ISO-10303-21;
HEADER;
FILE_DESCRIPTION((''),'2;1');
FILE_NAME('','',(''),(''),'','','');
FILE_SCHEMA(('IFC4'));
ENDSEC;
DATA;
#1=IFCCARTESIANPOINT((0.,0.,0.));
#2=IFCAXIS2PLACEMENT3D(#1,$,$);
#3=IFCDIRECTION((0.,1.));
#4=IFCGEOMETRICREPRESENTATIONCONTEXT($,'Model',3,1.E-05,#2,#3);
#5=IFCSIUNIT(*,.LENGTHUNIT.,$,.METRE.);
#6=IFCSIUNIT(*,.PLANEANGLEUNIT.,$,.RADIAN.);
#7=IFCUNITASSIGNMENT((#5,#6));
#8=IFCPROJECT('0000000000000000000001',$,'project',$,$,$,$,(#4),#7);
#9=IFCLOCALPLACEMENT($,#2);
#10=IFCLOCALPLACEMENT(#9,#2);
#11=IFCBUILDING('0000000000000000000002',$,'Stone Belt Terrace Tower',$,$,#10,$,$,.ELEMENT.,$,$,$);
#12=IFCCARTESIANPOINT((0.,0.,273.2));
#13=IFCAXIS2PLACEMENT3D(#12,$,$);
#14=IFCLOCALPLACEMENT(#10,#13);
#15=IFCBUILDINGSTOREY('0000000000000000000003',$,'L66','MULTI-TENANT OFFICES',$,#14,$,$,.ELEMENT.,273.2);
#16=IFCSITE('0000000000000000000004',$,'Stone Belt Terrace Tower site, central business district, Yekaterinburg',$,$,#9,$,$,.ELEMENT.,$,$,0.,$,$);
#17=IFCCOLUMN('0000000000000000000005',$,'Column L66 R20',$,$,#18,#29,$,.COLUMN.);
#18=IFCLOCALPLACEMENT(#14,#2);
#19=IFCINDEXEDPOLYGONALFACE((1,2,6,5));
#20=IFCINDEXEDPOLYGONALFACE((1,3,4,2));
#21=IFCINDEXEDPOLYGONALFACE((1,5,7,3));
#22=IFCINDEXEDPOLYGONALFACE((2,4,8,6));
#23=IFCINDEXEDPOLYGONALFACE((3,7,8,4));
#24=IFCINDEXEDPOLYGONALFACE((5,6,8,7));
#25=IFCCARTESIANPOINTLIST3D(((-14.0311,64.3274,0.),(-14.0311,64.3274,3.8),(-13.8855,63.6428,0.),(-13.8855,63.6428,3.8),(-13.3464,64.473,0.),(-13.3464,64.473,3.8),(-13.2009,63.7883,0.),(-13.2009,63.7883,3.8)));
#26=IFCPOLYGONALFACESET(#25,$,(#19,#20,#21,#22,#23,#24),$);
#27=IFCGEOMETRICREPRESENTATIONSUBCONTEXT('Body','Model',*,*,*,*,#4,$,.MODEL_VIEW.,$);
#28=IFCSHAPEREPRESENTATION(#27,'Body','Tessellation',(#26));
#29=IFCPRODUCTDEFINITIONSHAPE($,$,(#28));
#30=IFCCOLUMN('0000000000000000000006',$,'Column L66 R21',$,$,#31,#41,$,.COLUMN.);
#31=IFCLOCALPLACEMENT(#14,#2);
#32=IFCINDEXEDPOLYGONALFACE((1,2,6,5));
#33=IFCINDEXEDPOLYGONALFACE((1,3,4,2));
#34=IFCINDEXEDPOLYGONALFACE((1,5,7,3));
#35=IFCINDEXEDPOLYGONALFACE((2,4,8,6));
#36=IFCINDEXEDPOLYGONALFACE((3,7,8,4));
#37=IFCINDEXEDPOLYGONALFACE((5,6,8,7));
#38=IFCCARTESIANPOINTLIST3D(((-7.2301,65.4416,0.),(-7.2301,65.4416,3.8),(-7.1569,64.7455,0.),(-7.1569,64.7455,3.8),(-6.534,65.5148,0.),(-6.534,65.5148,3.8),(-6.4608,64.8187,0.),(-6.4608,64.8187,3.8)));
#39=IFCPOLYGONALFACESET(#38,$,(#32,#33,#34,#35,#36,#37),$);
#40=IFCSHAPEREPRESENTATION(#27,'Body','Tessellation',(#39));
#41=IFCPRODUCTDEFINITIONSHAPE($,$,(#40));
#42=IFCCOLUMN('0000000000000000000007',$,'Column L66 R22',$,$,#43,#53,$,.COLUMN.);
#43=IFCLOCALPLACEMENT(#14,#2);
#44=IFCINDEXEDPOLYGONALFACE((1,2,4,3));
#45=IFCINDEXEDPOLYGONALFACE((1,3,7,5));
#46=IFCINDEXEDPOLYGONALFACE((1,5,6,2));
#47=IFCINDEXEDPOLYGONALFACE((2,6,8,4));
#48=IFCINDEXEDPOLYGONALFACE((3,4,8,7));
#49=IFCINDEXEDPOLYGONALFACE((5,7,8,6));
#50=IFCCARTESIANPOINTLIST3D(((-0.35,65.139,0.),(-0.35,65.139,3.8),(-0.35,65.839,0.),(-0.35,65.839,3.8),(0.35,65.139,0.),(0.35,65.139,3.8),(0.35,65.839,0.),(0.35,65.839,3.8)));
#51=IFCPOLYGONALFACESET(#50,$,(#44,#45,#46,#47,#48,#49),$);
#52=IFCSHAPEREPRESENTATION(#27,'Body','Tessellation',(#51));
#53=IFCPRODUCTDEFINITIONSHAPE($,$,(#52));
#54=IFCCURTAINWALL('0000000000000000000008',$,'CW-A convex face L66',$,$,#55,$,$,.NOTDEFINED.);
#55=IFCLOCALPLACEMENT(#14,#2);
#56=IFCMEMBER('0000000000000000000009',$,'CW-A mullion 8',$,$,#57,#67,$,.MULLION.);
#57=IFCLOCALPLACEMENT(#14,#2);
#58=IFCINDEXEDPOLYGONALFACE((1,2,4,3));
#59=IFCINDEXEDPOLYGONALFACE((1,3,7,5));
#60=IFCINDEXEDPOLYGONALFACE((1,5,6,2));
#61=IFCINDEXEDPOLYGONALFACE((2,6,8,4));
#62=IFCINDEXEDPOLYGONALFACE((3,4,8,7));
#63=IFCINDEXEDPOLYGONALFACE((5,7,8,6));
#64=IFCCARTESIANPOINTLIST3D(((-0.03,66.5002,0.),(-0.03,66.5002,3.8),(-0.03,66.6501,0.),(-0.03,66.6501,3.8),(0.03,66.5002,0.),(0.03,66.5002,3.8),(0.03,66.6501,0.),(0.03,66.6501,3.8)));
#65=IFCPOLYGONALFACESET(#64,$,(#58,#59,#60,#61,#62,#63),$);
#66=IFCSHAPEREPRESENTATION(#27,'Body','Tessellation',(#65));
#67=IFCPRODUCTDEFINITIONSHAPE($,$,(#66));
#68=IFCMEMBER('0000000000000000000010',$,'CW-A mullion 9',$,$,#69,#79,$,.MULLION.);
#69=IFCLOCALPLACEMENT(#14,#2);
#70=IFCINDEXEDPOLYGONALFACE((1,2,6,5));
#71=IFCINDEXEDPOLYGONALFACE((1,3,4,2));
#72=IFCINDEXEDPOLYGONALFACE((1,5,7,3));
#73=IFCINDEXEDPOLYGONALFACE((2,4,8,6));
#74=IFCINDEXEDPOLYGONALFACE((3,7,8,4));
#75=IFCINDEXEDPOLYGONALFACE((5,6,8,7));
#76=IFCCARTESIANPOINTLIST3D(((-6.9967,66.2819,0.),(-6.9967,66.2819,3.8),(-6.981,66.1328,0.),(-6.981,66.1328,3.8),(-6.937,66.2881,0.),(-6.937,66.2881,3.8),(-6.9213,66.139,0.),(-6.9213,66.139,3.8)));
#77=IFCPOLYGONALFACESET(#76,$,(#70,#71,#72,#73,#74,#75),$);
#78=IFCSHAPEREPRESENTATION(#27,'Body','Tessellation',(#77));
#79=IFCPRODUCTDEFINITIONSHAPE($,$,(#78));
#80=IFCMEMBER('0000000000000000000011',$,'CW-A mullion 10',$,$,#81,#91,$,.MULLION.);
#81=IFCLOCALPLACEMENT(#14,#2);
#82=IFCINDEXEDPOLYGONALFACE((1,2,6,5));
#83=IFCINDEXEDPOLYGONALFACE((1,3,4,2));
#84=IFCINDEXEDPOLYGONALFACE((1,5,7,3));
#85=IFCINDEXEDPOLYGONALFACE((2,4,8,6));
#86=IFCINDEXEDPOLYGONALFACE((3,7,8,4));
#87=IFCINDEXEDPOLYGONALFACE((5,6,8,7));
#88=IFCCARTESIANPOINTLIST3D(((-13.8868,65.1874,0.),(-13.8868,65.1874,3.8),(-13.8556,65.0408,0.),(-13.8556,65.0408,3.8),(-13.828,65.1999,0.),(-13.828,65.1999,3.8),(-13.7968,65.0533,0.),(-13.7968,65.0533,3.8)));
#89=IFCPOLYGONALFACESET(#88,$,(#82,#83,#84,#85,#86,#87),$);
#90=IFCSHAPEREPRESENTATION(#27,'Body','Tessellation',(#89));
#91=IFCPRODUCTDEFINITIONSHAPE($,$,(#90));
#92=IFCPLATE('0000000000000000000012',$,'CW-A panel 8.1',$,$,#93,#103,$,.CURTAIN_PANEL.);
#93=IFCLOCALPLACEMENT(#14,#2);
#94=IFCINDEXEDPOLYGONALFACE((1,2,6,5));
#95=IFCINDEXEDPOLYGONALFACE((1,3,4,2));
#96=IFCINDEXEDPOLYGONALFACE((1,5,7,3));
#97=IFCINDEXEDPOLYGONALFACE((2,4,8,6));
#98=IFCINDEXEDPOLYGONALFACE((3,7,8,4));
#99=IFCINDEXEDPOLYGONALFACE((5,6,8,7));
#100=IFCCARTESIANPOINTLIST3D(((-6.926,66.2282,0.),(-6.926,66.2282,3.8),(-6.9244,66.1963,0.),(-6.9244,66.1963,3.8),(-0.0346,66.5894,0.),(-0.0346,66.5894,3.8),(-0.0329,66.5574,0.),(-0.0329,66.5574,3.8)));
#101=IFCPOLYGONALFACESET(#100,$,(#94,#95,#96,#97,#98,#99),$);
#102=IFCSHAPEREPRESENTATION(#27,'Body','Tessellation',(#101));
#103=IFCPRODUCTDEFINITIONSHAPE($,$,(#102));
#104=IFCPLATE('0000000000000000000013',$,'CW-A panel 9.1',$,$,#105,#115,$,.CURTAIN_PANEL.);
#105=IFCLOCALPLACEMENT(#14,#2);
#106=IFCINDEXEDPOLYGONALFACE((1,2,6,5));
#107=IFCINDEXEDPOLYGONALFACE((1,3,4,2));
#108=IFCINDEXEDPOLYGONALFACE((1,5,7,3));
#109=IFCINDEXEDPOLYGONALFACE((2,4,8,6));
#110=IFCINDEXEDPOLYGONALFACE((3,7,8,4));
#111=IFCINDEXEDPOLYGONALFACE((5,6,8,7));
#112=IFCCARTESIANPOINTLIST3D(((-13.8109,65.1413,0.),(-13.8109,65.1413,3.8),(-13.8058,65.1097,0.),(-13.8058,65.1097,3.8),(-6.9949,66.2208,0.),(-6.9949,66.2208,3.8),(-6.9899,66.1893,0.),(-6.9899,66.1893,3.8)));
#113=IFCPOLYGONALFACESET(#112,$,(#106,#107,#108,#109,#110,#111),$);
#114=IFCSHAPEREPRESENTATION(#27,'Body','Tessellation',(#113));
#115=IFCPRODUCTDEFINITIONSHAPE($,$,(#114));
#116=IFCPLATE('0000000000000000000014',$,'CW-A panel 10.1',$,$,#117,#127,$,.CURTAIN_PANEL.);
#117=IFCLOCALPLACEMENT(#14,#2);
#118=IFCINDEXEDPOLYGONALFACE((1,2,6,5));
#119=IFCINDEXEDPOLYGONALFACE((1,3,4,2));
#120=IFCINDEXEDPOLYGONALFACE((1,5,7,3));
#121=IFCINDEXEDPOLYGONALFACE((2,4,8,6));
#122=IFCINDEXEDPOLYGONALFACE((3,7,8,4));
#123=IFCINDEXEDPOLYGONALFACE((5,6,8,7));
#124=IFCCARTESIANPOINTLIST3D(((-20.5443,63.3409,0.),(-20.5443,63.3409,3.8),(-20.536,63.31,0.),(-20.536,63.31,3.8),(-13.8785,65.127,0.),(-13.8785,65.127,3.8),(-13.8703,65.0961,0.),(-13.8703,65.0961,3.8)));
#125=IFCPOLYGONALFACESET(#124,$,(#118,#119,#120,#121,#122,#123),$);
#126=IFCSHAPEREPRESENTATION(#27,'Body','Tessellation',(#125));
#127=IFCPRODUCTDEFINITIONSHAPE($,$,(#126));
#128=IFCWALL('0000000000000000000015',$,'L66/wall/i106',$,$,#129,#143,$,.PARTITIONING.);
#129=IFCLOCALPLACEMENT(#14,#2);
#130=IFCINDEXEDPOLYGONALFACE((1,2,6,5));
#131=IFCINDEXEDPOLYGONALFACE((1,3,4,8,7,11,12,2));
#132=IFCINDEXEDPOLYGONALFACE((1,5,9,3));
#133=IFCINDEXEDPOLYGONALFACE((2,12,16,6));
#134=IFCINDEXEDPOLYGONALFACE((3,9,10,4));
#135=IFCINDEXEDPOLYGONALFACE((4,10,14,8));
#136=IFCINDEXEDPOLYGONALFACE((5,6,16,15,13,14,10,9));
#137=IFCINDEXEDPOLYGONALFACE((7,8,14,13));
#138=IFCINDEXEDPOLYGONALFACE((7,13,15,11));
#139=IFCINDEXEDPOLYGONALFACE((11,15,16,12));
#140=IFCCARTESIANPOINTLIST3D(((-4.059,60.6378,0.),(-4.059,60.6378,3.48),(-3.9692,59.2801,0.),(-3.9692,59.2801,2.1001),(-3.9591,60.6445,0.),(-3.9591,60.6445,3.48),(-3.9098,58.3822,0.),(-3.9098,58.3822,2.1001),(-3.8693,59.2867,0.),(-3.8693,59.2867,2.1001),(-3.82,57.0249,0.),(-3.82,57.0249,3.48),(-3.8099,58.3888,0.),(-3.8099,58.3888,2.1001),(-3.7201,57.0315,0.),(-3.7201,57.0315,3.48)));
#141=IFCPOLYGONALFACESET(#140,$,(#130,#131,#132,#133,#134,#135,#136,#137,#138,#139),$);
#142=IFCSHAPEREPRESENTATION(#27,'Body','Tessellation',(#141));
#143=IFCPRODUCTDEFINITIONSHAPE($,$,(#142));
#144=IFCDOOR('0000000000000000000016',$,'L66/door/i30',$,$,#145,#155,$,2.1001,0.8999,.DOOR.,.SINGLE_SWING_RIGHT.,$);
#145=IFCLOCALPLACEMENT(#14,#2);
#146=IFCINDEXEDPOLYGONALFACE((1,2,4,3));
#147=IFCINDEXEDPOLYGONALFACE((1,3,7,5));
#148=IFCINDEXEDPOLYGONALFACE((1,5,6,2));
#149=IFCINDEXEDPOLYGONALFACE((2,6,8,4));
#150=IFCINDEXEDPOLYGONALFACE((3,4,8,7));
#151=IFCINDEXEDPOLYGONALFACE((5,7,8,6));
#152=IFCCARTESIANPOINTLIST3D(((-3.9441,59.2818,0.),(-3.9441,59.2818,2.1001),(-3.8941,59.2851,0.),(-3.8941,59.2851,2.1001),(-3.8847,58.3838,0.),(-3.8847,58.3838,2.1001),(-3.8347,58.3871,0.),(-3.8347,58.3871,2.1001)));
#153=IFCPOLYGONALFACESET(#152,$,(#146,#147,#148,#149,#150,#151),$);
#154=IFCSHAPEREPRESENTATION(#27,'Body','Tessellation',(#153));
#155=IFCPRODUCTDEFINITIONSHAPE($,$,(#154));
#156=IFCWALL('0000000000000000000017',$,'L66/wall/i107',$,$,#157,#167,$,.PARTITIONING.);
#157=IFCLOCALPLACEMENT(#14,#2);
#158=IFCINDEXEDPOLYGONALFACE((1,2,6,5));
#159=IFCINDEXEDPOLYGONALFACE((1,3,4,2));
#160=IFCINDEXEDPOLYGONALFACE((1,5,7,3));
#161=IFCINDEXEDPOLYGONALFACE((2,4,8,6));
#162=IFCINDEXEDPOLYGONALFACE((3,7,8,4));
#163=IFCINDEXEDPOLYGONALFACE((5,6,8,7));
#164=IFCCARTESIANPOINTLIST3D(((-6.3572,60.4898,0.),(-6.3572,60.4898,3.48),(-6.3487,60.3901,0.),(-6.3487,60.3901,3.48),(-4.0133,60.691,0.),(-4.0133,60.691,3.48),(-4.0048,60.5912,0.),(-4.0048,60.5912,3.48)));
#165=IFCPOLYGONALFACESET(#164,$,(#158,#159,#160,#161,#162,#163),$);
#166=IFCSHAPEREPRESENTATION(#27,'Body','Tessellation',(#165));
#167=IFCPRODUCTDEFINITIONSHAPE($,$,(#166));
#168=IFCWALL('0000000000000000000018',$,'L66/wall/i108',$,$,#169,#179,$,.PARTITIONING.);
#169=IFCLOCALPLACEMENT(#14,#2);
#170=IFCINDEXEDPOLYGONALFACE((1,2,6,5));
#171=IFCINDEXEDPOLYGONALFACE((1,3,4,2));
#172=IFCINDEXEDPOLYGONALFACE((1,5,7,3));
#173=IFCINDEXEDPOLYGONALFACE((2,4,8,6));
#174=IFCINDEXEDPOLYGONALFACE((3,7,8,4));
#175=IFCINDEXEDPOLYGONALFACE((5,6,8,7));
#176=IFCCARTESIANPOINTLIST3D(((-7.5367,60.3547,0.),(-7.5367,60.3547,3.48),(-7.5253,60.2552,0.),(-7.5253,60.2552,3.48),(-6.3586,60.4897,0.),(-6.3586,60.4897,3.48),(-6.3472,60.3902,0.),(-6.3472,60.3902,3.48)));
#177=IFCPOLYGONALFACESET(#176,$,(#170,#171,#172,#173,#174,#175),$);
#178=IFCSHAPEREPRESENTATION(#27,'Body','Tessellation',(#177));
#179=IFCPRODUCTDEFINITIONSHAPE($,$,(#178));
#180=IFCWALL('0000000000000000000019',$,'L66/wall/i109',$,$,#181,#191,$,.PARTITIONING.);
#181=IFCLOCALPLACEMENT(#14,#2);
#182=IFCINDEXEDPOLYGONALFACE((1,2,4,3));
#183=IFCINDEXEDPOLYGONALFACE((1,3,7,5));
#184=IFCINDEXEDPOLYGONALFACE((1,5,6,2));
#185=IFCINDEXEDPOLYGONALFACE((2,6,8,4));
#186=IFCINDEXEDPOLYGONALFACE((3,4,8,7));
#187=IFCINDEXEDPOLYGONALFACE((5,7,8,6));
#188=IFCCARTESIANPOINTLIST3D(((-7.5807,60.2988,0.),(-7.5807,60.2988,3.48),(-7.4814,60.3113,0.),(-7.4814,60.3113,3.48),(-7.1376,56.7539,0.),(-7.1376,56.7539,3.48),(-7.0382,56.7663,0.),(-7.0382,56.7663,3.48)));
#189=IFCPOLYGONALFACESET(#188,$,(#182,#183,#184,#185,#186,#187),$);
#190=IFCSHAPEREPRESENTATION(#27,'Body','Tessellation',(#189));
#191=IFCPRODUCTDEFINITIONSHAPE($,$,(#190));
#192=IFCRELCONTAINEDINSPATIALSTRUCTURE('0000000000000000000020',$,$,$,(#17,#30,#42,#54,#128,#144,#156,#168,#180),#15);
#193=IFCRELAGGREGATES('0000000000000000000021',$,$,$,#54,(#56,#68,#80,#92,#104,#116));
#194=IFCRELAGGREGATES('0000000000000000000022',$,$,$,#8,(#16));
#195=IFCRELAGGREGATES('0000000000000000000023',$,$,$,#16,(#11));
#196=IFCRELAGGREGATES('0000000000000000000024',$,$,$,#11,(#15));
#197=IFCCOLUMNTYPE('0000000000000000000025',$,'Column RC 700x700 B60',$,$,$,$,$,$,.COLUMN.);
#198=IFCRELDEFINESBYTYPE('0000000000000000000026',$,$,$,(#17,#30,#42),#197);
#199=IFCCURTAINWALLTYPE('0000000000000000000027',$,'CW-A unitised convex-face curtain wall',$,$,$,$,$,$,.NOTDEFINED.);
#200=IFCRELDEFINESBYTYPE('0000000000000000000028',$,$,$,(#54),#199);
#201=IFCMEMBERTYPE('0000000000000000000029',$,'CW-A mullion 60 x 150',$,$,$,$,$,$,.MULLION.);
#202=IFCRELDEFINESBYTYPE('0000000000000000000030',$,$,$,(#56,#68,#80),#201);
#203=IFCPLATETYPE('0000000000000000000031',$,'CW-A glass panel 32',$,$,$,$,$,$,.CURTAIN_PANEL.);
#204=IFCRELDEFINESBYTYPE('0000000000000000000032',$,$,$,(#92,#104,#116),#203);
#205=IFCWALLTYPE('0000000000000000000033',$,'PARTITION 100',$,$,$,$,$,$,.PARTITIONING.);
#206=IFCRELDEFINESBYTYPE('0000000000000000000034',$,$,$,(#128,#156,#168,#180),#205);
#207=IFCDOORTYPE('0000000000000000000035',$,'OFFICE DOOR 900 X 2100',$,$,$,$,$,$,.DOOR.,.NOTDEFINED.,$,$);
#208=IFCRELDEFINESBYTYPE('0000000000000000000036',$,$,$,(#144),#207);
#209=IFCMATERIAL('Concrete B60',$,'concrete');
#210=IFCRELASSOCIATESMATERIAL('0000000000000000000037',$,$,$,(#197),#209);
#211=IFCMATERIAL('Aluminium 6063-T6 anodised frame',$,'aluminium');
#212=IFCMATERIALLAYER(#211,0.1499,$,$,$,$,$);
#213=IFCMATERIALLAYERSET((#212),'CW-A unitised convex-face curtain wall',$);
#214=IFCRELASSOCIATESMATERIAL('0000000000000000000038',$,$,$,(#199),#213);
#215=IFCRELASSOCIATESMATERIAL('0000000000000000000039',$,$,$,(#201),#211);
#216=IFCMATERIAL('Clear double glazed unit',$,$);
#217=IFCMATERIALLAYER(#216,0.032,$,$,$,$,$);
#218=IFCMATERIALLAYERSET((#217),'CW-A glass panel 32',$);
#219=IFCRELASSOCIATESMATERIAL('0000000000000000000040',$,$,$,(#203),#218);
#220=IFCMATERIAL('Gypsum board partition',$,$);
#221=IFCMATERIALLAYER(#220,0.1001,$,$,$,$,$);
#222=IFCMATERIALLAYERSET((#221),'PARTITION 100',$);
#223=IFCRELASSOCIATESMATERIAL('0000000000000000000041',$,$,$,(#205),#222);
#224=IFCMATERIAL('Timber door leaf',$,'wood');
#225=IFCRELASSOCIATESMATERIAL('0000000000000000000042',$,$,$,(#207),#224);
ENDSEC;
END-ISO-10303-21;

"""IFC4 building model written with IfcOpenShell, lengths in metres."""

from ifc_helpers import new_model, si_unit, direction, frame, frame_2d, origin, origin_2d, place, context, subcontext, project, spatial, rectangle, extrude, material, layer, layer_set, material_profile, profile_set, type_object, element, fill, aggregate, save


model = new_model("IFC4")

# Units and contexts
model_context = context("Model", 3, precision=1e-05, world=origin(), true_north=direction((0.0, 1.0)))
body_context = subcontext(model_context, "Body", "Model", "MODEL_VIEW")
ifc_project = project(units=[si_unit("LENGTHUNIT", "METRE"), si_unit("PLANEANGLEUNIT", "RADIAN")], contexts=[model_context])

# Site, building, storey
site_placement = place(None, origin())
site = spatial("IfcSite", under=ifc_project, at=site_placement, Name="Stone Belt Terrace Tower site, central business district, Yekaterinburg", CompositionType="ELEMENT", RefElevation=0.0)
building_placement = place(site_placement, origin())
building = spatial("IfcBuilding", under=site, at=building_placement, Name="Stone Belt Terrace Tower", CompositionType="ELEMENT")
storey_placement = place(building_placement, frame((0.0, 0.0, 273.2)))
storey = spatial("IfcBuildingStorey", under=building, at=storey_placement, Name="L66", Description="MULTI-TENANT OFFICES", CompositionType="ELEMENT", Elevation=273.2)

# Columns
ifc_material_1 = material(Name="Concrete B60", Category="concrete")
ifc_material_profile_1 = material_profile(ifc_material_1, rectangle(XDim=0.7, YDim=0.7, at=origin_2d()), Name="RC 700x700")
ifc_profile_set_1 = profile_set([ifc_material_profile_1], Name="Concrete B60")
column_type = type_object("IfcColumnType", Name="Column RC 700x700 B60", PredefinedType="COLUMN", material=ifc_profile_set_1)
for number, where, z_axis, x_axis, name in (
    (1, (-13.616, 64.0579, 0.0), (0.0, 0.0, 1.0), (0.978148, 0.207912, 0.0), "Column L66 R20"),
    (2, (-6.8455, 65.1301, 0.0), (0.0, 0.0, 1.0), (0.994522, 0.104528, 0.0), "Column L66 R21"),
    (3, (0.0, 65.489, 0.0), (0.0, 0.0, 1.0), (1.0, 0.0, 0.0), "Column L66 R22"),
):
    element("IfcColumn", number, at=place(storey_placement, frame(where, z_axis=z_axis, x_axis=x_axis)), inside=storey, type_object=column_type, Name=name, PredefinedType="COLUMN", context=body_context, shape_type="SweptSolid", body=[
        extrude(rectangle(XDim=0.7, YDim=0.7, at=origin_2d()), origin(), (0.0, 0.0, 1.0), 3.8),
    ])

# Curtain wall, members, plates
ifc_material_2 = material(Name="Aluminium 6063-T6 anodised frame", Category="aluminium")
ifc_layer_1 = layer(ifc_material_2, 0.1499)
ifc_layer_set_1 = layer_set([ifc_layer_1], Name="CW-A unitised convex-face curtain wall")
curtain_wall_type = type_object("IfcCurtainWallType", Name="CW-A unitised convex-face curtain wall", PredefinedType="NOTDEFINED", material=ifc_layer_set_1)
curtain_wall_placement = place(storey_placement, origin())
curtain_wall = element("IfcCurtainWall", 4, at=curtain_wall_placement, inside=storey, type_object=curtain_wall_type, Name="CW-A convex face L66", PredefinedType="NOTDEFINED")
ifc_material_profile_2 = material_profile(ifc_material_2, rectangle(XDim=0.1499, YDim=0.0601, at=origin_2d()), Name="Aluminium 6063-T6 60x150")
ifc_profile_set_2 = profile_set([ifc_material_profile_2], Name="Aluminium 6063-T6 anodised frame")
member_type = type_object("IfcMemberType", Name="CW-A mullion 60 x 150", PredefinedType="MULLION", material=ifc_profile_set_2)
member_1_placement = place(storey_placement, frame((0.0, 66.5752, 0.0), z_axis=(0.0, 0.0, 1.0), x_axis=(0.0, -1.0, 0.0)))
member_1 = element("IfcMember", 5, at=member_1_placement, type_object=member_type, Name="CW-A mullion 8", PredefinedType="MULLION", context=body_context, shape_type="SweptSolid", body=[
    extrude(rectangle(XDim=0.1499, YDim=0.0601, at=origin_2d()), origin(), (0.0, 0.0, 1.0), 3.8),
])
member_2_placement = place(storey_placement, frame((-6.959, 66.2104, 0.0), z_axis=(0.0, 0.0, 1.0), x_axis=(0.104528, -0.994522, 0.0)))
member_2 = element("IfcMember", 6, at=member_2_placement, type_object=member_type, Name="CW-A mullion 9", PredefinedType="MULLION", context=body_context, shape_type="SweptSolid", body=[
    extrude(rectangle(XDim=0.1499, YDim=0.0601, at=origin_2d()), origin(), (0.0, 0.0, 1.0), 3.8),
])
member_3_placement = place(storey_placement, frame((-13.8418, 65.1204, 0.0), z_axis=(0.0, 0.0, 1.0), x_axis=(0.207912, -0.978148, 0.0)))
member_3 = element("IfcMember", 7, at=member_3_placement, type_object=member_type, Name="CW-A mullion 10", PredefinedType="MULLION", context=body_context, shape_type="SweptSolid", body=[
    extrude(rectangle(XDim=0.1499, YDim=0.0601, at=origin_2d()), origin(), (0.0, 0.0, 1.0), 3.8),
])
ifc_material_3 = material(Name="Clear double glazed unit")
ifc_layer_2 = layer(ifc_material_3, 0.032)
ifc_layer_set_2 = layer_set([ifc_layer_2], Name="CW-A glass panel 32")
plate_type = type_object("IfcPlateType", Name="CW-A glass panel 32", PredefinedType="CURTAIN_PANEL", material=ifc_layer_set_2)
plate_1_placement = place(storey_placement, frame((-3.4795, 66.3928, 0.0), z_axis=(0.0, 0.0, 1.0), x_axis=(-0.99863, -0.052336, 0.0)))
plate_1 = element("IfcPlate", 8, at=plate_1_placement, type_object=plate_type, Name="CW-A panel 8.1", PredefinedType="CURTAIN_PANEL", context=body_context, shape_type="SweptSolid", body=[
    extrude(rectangle(XDim=6.9009, YDim=0.032, at=origin_2d()), origin(), (0.0, 0.0, 1.0), 3.8),
])
plate_2_placement = place(storey_placement, frame((-10.4004, 65.6653, 0.0), z_axis=(0.0, 0.0, 1.0), x_axis=(-0.987688, -0.156434, 0.0)))
plate_2 = element("IfcPlate", 9, at=plate_2_placement, type_object=plate_type, Name="CW-A panel 9.1", PredefinedType="CURTAIN_PANEL", context=body_context, shape_type="SweptSolid", body=[
    extrude(rectangle(XDim=6.9009, YDim=0.032, at=origin_2d()), origin(), (0.0, 0.0, 1.0), 3.8),
])
plate_3_placement = place(storey_placement, frame((-17.2073, 64.2185, 0.0), z_axis=(0.0, 0.0, 1.0), x_axis=(-0.965926, -0.258819, 0.0)))
plate_3 = element("IfcPlate", 10, at=plate_3_placement, type_object=plate_type, Name="CW-A panel 10.1", PredefinedType="CURTAIN_PANEL", context=body_context, shape_type="SweptSolid", body=[
    extrude(rectangle(XDim=6.9009, YDim=0.032, at=origin_2d()), origin(), (0.0, 0.0, 1.0), 3.8),
])
aggregate(curtain_wall, [member_1, member_2, member_3, plate_1, plate_2, plate_3])

# Wall, opening, door
ifc_material_4 = material(Name="Gypsum board partition")
ifc_layer_3 = layer(ifc_material_4, 0.1001)
ifc_layer_set_3 = layer_set([ifc_layer_3], Name="PARTITION 100")
wall_type_1 = type_object("IfcWallType", Name="PARTITION 100", PredefinedType="PARTITIONING", material=ifc_layer_set_3)
wall_1_placement = place(storey_placement, frame((-3.77, 57.0281, 0.0), z_axis=(0.0, 0.0, 1.0), x_axis=(-0.066009, 0.997819, 0.0)))
wall_1 = element("IfcWall", 11, at=wall_1_placement, inside=storey, type_object=wall_type_1, Name="L66/wall/i106", PredefinedType="PARTITIONING", context=body_context, shape_type="SweptSolid", body=[
    extrude(rectangle(XDim=3.6208, YDim=0.1001, at=frame_2d((1.8105, 0.0))), origin(), (0.0, 0.0, 1.0), 3.48),
])
opening_1_placement = place(wall_1_placement, frame((1.3604, 0.0, 0.0)))
opening_1 = element("IfcOpeningElement", 12, at=opening_1_placement, cuts=wall_1, PredefinedType="OPENING", context=body_context, shape_type="SweptSolid", body=[
    extrude(rectangle(XDim=0.8999, YDim=2.1001, at=frame_2d((0.45, 1.05))), frame((0.0, 0.0601, 0.0), z_axis=(0.0, -1.0, 0.0), x_axis=(1.0, 0.0, 0.0)), (0.0, 0.0, 1.0), 0.1201),
])
ifc_material_5 = material(Name="Timber door leaf", Category="wood")
door_type_1 = type_object("IfcDoorType", Name="OFFICE DOOR 900 X 2100", OperationType="NOTDEFINED", PredefinedType="DOOR", material=ifc_material_5)
door_1_placement = place(opening_1_placement, origin())
door_1 = element("IfcDoor", 13, at=door_1_placement, inside=storey, type_object=door_type_1, Name="L66/door/i30", OperationType="SINGLE_SWING_RIGHT", OverallHeight=2.1001, OverallWidth=0.8999, PredefinedType="DOOR", context=body_context, shape_type="SweptSolid", body=[
    extrude(rectangle(XDim=0.8999, YDim=2.1001, at=frame_2d((0.45, 1.05))), frame((0.0, 0.0249, 0.0), z_axis=(0.0, -1.0, 0.0), x_axis=(1.0, 0.0, 0.0)), (0.0, 0.0, 1.0), 0.05),
])
fill(opening_1, door_1)

# Walls
wall_2_placement = place(storey_placement, frame((-4.009, 60.6411, 0.0), z_axis=(0.0, 0.0, 1.0), x_axis=(-0.996337, -0.08551, 0.0)))
element("IfcWall", 14, at=wall_2_placement, inside=storey, type_object=wall_type_1, Name="L66/wall/i107", PredefinedType="PARTITIONING", context=body_context, shape_type="SweptSolid", body=[
    extrude(rectangle(XDim=2.3525, YDim=0.1001, at=frame_2d((1.1763, 0.0))), origin(), (0.0, 0.0, 1.0), 3.48),
])
wall_3_placement = place(storey_placement, frame((-6.353, 60.4399, 0.0), z_axis=(0.0, 0.0, 1.0), x_axis=(-0.993496, -0.113866, 0.0)))
element("IfcWall", 15, at=wall_3_placement, inside=storey, type_object=wall_type_1, Name="L66/wall/i108", PredefinedType="PARTITIONING", context=body_context, shape_type="SweptSolid", body=[
    extrude(rectangle(XDim=1.1858, YDim=0.1001, at=frame_2d((0.5928, 0.0))), origin(), (0.0, 0.0, 1.0), 3.48),
])
wall_4_placement = place(storey_placement, frame((-7.531, 60.3049, 0.0), z_axis=(0.0, 0.0, 1.0), x_axis=(0.124035, -0.992278, 0.0)))
element("IfcWall", 16, at=wall_4_placement, inside=storey, type_object=wall_type_1, Name="L66/wall/i109", PredefinedType="PARTITIONING", context=body_context, shape_type="SweptSolid", body=[
    extrude(rectangle(XDim=3.5725, YDim=0.1001, at=frame_2d((1.7861, 0.0))), origin(), (0.0, 0.0, 1.0), 3.48),
])

save(model, "model.ifc")
